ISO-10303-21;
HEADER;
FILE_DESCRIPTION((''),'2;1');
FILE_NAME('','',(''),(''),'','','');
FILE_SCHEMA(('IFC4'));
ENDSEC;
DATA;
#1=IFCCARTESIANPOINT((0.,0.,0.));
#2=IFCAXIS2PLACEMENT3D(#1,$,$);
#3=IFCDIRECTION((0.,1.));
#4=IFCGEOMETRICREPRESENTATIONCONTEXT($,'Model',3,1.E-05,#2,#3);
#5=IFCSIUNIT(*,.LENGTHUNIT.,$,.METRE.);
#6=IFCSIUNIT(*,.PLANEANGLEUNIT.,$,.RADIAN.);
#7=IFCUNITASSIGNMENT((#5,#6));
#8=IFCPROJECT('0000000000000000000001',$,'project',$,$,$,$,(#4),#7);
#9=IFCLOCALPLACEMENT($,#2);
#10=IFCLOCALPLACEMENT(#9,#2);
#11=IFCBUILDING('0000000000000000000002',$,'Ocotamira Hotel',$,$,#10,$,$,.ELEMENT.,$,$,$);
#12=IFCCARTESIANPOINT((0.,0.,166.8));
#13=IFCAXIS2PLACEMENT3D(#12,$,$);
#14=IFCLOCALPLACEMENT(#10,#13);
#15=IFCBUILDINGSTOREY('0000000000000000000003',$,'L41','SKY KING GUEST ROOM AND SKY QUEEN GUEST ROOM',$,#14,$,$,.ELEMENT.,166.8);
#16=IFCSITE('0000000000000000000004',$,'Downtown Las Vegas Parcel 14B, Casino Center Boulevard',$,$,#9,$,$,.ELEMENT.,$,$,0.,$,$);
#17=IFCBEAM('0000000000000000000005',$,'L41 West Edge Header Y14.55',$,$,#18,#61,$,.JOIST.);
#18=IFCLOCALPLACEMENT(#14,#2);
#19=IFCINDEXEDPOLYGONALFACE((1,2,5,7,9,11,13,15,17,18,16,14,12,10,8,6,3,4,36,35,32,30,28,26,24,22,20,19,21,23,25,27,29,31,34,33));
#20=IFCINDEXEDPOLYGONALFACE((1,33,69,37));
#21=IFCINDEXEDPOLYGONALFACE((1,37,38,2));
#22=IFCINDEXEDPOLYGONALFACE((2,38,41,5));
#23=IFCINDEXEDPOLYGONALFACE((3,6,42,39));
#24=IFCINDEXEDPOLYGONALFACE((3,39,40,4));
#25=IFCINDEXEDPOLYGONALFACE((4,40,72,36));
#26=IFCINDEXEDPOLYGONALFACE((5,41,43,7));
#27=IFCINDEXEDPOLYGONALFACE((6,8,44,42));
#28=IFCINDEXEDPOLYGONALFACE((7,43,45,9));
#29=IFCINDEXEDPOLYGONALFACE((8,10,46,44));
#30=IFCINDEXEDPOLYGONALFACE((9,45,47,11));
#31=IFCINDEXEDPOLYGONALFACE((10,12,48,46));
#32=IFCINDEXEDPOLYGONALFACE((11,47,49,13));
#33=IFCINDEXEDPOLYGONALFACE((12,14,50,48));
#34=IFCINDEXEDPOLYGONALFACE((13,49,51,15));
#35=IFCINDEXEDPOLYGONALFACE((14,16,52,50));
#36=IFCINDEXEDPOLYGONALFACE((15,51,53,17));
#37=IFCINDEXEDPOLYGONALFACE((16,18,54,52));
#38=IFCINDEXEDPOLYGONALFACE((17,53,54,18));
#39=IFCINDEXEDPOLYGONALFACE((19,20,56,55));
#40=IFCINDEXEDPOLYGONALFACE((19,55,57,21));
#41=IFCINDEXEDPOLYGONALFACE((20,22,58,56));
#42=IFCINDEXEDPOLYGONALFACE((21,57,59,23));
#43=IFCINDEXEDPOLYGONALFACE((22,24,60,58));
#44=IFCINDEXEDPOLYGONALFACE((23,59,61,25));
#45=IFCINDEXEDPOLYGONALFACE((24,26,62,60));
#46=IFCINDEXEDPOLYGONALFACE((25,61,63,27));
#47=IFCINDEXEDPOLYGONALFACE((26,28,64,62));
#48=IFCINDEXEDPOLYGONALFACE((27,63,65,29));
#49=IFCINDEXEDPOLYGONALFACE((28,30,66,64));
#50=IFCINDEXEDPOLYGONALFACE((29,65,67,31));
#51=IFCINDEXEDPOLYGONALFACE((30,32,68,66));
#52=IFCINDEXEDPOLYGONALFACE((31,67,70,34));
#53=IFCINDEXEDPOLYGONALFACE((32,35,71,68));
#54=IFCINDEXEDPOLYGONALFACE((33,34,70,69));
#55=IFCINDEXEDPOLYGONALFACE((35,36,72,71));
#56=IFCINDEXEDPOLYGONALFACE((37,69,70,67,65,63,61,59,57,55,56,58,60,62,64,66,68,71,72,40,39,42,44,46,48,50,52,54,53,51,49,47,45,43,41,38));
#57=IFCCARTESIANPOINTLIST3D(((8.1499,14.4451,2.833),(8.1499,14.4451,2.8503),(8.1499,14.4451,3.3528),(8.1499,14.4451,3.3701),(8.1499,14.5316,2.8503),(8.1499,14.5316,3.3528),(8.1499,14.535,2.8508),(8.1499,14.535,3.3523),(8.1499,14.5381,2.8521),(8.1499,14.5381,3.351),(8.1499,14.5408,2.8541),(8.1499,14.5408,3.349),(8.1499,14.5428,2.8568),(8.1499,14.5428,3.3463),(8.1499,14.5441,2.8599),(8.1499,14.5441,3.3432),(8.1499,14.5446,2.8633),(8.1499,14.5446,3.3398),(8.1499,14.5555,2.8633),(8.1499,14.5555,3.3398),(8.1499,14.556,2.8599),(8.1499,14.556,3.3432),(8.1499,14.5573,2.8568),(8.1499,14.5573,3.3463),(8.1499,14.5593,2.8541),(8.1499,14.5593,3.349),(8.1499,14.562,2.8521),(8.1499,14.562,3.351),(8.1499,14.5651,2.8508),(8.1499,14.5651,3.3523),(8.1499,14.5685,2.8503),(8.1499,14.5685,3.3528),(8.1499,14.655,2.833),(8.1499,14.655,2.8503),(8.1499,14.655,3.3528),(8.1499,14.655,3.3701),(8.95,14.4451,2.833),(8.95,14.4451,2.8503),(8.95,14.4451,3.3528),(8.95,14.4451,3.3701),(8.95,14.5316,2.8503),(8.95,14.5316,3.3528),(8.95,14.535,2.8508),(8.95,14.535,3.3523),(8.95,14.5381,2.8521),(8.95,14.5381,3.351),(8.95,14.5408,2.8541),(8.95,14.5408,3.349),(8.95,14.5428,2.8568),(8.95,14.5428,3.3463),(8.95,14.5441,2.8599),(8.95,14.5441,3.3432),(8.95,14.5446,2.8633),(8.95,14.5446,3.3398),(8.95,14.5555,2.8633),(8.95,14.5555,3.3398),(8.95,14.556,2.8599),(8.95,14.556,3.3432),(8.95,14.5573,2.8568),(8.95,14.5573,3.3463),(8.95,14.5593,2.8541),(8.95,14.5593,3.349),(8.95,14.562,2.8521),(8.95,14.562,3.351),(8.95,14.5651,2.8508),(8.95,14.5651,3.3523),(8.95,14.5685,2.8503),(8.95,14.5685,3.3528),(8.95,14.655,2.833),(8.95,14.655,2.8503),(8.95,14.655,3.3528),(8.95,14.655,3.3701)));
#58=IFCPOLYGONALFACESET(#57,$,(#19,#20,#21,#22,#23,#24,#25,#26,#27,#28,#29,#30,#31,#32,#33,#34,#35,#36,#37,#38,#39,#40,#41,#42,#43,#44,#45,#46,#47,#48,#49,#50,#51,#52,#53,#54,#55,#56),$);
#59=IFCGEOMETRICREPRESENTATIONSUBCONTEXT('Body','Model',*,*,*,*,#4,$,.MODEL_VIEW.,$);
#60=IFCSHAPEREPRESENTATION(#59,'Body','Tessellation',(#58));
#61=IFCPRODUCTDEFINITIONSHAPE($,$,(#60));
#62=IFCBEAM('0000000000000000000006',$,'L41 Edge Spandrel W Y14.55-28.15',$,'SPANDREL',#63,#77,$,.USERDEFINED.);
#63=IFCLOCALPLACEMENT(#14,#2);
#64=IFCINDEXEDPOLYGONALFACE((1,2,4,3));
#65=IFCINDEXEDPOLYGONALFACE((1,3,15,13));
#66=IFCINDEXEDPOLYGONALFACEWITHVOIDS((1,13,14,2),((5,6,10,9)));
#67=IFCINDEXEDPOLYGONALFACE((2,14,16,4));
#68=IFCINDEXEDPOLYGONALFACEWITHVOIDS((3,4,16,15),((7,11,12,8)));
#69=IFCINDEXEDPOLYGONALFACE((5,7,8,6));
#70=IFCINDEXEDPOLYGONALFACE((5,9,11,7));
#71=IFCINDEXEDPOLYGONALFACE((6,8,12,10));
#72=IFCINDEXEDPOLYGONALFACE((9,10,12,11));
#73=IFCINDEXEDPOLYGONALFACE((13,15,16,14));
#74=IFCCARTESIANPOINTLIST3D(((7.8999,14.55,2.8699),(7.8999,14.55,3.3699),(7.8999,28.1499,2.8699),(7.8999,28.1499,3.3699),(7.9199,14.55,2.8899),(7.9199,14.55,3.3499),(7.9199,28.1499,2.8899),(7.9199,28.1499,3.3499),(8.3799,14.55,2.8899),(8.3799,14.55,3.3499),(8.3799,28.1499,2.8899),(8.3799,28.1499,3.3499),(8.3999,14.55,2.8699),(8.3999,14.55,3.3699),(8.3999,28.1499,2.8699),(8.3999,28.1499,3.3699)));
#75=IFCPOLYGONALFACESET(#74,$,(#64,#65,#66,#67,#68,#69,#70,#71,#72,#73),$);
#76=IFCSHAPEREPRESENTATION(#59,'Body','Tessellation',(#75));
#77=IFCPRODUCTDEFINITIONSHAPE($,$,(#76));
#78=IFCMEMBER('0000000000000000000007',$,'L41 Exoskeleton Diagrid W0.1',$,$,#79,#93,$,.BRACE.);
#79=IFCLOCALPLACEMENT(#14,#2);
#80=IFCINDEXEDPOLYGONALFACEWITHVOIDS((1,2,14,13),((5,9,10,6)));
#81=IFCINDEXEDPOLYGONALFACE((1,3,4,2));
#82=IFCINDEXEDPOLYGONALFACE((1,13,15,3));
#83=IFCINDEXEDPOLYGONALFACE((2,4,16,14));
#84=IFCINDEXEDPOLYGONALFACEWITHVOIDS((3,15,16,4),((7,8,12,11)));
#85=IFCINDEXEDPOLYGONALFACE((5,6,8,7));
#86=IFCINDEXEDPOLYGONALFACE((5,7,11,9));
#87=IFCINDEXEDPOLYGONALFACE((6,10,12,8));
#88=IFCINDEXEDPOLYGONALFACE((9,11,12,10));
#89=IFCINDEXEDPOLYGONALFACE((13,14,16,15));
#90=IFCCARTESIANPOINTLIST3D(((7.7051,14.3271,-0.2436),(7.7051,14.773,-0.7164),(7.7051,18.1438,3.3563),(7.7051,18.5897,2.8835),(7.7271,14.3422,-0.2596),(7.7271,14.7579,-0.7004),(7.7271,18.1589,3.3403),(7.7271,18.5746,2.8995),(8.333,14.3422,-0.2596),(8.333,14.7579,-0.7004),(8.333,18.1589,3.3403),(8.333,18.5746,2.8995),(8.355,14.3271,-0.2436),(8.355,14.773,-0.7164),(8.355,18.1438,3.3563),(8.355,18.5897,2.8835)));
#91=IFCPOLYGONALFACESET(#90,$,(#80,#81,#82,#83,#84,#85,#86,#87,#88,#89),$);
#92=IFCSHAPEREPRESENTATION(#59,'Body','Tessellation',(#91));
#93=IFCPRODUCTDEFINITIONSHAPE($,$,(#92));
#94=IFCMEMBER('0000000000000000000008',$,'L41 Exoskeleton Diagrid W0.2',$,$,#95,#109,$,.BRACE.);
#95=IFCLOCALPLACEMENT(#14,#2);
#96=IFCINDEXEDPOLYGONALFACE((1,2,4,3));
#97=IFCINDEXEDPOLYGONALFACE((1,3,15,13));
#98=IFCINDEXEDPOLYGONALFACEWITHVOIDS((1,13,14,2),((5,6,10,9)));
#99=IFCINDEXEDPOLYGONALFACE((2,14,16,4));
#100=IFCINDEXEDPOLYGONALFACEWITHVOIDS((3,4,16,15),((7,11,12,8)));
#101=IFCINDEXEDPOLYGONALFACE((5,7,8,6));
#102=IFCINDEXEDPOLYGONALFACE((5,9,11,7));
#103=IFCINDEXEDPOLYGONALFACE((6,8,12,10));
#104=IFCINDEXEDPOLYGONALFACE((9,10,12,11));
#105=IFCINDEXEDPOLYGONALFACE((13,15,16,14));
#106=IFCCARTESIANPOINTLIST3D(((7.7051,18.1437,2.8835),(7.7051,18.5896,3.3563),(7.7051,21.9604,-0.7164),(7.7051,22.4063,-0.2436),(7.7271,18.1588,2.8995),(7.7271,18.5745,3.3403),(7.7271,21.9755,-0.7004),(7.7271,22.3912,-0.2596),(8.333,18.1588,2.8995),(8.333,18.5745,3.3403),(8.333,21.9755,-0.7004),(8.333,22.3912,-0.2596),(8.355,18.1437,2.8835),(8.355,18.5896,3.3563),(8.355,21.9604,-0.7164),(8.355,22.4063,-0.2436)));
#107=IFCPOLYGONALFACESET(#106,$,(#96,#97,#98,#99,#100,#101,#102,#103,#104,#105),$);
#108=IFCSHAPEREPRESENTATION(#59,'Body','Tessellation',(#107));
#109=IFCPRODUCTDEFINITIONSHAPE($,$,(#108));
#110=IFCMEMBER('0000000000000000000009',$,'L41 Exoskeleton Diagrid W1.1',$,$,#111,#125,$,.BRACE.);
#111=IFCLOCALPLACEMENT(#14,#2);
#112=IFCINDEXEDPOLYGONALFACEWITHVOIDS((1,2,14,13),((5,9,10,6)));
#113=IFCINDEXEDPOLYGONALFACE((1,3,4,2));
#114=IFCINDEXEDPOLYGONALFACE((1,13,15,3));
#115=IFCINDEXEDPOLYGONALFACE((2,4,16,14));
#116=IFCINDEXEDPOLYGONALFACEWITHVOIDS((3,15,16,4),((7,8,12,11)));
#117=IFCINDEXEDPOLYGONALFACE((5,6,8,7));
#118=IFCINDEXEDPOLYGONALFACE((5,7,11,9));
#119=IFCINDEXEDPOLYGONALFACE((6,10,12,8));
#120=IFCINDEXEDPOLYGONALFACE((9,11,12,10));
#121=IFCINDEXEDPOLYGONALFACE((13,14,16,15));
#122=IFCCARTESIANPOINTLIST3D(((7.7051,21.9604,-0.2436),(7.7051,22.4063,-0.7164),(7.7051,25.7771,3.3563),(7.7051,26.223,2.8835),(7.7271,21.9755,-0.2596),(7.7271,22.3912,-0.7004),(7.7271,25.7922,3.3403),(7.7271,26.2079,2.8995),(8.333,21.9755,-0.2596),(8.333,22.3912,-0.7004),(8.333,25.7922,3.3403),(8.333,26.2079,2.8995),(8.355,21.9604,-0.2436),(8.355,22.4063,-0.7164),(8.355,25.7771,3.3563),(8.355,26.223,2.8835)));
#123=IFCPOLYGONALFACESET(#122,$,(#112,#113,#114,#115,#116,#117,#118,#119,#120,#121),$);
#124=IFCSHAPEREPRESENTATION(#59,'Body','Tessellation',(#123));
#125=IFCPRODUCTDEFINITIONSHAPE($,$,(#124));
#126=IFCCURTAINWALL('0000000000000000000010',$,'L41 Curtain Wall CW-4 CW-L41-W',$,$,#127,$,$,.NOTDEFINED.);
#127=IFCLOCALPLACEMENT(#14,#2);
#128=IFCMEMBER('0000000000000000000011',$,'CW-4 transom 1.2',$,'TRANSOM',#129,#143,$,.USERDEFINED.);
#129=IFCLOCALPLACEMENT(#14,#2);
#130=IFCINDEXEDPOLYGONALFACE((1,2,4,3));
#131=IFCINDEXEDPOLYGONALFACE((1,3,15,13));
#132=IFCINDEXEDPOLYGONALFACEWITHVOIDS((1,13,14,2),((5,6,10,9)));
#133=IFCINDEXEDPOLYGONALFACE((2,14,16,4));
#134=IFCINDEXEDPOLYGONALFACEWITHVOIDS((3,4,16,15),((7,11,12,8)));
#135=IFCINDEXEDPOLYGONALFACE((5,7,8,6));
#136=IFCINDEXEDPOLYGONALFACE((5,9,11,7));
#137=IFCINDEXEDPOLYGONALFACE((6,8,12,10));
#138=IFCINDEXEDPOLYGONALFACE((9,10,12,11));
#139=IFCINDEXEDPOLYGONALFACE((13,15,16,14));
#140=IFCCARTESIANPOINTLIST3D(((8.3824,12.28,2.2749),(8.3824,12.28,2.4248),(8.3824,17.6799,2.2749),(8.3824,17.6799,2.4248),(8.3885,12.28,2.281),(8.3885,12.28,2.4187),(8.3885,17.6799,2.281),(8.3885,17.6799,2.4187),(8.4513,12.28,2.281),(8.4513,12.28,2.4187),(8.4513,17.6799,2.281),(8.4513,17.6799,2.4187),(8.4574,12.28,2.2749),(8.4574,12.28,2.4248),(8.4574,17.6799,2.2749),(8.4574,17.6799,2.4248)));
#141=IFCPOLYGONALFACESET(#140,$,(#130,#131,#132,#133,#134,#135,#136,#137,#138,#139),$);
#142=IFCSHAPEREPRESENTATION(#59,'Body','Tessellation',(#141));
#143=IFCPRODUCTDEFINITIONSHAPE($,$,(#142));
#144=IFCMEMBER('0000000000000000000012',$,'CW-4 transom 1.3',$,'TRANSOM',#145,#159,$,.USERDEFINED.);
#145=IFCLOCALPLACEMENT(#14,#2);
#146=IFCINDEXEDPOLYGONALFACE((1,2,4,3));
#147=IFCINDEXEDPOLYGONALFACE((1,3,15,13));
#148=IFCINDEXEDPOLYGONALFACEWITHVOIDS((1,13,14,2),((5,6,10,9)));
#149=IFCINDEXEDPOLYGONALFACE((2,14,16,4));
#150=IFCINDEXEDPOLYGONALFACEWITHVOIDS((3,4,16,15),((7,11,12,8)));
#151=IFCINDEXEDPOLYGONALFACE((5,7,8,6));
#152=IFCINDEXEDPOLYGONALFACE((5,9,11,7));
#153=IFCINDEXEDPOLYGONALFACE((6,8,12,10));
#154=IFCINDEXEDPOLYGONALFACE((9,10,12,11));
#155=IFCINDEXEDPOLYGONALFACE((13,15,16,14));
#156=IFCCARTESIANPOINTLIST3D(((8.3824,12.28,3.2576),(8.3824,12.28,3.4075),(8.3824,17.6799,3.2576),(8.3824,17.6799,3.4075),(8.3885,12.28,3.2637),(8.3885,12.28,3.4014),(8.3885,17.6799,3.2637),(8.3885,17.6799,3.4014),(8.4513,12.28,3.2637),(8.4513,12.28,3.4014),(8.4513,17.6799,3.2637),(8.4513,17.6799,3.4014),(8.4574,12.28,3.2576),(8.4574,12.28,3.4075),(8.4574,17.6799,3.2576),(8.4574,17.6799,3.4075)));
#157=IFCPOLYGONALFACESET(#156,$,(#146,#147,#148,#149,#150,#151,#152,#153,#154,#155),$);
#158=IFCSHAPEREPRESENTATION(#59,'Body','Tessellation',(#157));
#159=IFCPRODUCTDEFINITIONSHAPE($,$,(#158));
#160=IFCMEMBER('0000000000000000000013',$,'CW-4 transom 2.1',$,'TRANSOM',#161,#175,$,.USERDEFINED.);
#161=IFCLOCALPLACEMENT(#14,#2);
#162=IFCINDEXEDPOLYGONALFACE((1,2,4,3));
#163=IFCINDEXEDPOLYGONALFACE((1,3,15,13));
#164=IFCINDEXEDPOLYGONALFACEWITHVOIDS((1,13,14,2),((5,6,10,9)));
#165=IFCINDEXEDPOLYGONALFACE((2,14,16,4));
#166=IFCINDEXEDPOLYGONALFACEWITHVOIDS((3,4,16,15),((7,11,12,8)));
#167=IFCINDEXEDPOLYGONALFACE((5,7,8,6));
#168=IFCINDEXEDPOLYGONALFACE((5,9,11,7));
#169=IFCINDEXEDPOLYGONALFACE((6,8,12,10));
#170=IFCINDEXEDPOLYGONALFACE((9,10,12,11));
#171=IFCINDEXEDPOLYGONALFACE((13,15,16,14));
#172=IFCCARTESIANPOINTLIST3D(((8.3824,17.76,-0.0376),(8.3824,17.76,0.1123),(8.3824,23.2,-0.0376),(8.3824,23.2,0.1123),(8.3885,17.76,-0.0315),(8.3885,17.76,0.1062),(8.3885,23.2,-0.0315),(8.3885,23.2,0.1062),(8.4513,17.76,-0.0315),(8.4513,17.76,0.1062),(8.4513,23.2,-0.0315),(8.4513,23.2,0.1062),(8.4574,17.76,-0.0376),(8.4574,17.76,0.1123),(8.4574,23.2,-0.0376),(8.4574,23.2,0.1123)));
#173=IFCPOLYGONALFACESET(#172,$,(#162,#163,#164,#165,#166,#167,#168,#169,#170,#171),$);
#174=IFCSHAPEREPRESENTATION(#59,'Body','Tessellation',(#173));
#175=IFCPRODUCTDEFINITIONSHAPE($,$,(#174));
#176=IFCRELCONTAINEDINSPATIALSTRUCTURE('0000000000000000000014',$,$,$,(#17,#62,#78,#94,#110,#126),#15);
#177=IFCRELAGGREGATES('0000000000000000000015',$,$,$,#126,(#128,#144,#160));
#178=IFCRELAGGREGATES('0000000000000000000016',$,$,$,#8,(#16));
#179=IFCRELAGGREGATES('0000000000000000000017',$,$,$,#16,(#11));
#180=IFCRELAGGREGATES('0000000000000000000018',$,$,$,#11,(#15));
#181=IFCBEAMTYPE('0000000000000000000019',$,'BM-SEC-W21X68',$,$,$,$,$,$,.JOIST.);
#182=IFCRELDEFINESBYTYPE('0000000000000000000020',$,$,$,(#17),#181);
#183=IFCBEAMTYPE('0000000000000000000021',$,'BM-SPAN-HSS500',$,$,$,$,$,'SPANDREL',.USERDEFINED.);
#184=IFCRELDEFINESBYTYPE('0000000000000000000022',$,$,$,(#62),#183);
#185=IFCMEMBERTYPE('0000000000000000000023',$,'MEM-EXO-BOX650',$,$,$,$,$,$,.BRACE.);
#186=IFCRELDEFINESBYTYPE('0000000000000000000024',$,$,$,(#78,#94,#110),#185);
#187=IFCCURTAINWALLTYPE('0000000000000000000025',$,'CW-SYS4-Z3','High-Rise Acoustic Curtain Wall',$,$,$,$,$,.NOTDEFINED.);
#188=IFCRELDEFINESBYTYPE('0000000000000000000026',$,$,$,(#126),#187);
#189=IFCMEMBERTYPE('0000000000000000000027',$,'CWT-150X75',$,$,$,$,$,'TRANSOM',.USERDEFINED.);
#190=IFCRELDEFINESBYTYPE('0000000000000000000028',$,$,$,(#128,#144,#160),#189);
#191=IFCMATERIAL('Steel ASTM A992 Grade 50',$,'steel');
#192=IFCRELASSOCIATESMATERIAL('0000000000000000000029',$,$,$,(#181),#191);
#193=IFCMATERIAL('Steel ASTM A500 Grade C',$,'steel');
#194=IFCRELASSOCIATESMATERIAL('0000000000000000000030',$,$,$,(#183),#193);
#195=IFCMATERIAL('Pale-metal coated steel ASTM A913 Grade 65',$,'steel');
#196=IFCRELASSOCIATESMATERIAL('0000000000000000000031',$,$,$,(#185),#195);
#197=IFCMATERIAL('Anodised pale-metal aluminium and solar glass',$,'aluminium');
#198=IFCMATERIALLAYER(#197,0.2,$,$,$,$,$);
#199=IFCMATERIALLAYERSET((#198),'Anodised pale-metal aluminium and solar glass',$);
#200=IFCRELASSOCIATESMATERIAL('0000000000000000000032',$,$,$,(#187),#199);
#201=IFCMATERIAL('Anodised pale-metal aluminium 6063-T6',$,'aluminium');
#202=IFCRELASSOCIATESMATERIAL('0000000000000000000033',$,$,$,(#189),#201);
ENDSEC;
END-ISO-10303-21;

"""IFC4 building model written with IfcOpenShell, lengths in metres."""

from ifc_helpers import new_model, si_unit, direction, frame, origin, origin_2d, place, context, subcontext, project, spatial, hollow_rectangle, i_section, extrude, source, transform, mapped, material, layer, layer_set, material_profile, profile_set, type_object, element, aggregate, save


model = new_model("IFC4")

# Units and contexts
model_context = context("Model", 3, precision=1e-05, world=origin(), true_north=direction((0.0, 1.0)))
body_context = subcontext(model_context, "Body", "Model", "MODEL_VIEW")
ifc_project = project(units=[si_unit("LENGTHUNIT", "METRE"), si_unit("PLANEANGLEUNIT", "RADIAN")], contexts=[model_context])

# Site, building, storey
site_placement = place(None, origin())
site = spatial("IfcSite", under=ifc_project, at=site_placement, Name="Downtown Las Vegas Parcel 14B, Casino Center Boulevard", CompositionType="ELEMENT", RefElevation=0.0)
building_placement = place(site_placement, origin())
building = spatial("IfcBuilding", under=site, at=building_placement, Name="Ocotamira Hotel", CompositionType="ELEMENT")
storey_placement = place(building_placement, frame((0.0, 0.0, 166.8)))
storey = spatial("IfcBuildingStorey", under=building, at=storey_placement, Name="L41", Description="SKY KING GUEST ROOM AND SKY QUEEN GUEST ROOM", CompositionType="ELEMENT", Elevation=166.8)

# Beams
ifc_material_1 = material(Name="Steel ASTM A992 Grade 50", Category="steel")
ifc_material_profile_1 = material_profile(ifc_material_1, i_section(OverallWidth=0.21, OverallDepth=0.5371, WebThickness=0.011, FlangeThickness=0.0173, FilletRadius=0.0129, at=origin_2d()), Name="W21X68")
ifc_profile_set_1 = profile_set([ifc_material_profile_1], Name="Steel ASTM A992 Grade 50")
beam_type_1 = type_object("IfcBeamType", Name="BM-SEC-W21X68", PredefinedType="JOIST", material=ifc_profile_set_1)
shared_shape_1 = source(origin(), body_context, "Body", "SweptSolid", [
    extrude(i_section(OverallWidth=0.21, OverallDepth=0.5371, WebThickness=0.011, FlangeThickness=0.0173, FilletRadius=0.0129, at=origin_2d()), origin(), (0.0, 0.0, 1.0), 0.8),
])
beam_1_placement = place(storey_placement, frame((8.95, 14.55, 3.1016), z_axis=(-1.0, 0.0, 0.0), x_axis=(0.0, -1.0, 0.0)))
element("IfcBeam", 1, at=beam_1_placement, inside=storey, type_object=beam_type_1, Name="L41 West Edge Header Y14.55", PredefinedType="JOIST", context=body_context, shape_type="MappedRepresentation", body=[
    mapped(shared_shape_1, transform((0.0, 0.0, 0.0), scale=1.0)),
])
ifc_material_2 = material(Name="Steel ASTM A500 Grade C", Category="steel")
ifc_material_profile_2 = material_profile(ifc_material_2, hollow_rectangle(XDim=0.5, YDim=0.5, WallThickness=0.02, at=origin_2d()), Name="HSS500X500X20")
ifc_profile_set_2 = profile_set([ifc_material_profile_2], Name="Steel ASTM A500 Grade C")
beam_type_2 = type_object("IfcBeamType", Name="BM-SPAN-HSS500", ElementType="SPANDREL", PredefinedType="USERDEFINED", material=ifc_profile_set_2)
shared_shape_2 = source(origin(), body_context, "Body", "SweptSolid", [
    extrude(hollow_rectangle(XDim=0.5, YDim=0.5, WallThickness=0.02, at=origin_2d()), origin(), (0.0, 0.0, 1.0), 13.5999),
])
beam_2_placement = place(storey_placement, frame((8.1499, 14.55, 3.1199), z_axis=(0.0, 1.0, 0.0), x_axis=(-1.0, 0.0, 0.0)))
element("IfcBeam", 2, at=beam_2_placement, inside=storey, type_object=beam_type_2, Name="L41 Edge Spandrel W Y14.55-28.15", ObjectType="SPANDREL", PredefinedType="USERDEFINED", context=body_context, shape_type="MappedRepresentation", body=[
    mapped(shared_shape_2, transform((0.0, 0.0, 0.0), scale=1.0)),
])

# Members
ifc_material_3 = material(Name="Pale-metal coated steel ASTM A913 Grade 65", Category="steel")
ifc_material_profile_3 = material_profile(ifc_material_3, hollow_rectangle(XDim=0.6499, YDim=0.6499, WallThickness=0.022, at=origin_2d()), Name="BOX650X650X22")
ifc_profile_set_3 = profile_set([ifc_material_profile_3], Name="Pale-metal coated steel ASTM A913 Grade 65")
member_type_1 = type_object("IfcMemberType", Name="MEM-EXO-BOX650", PredefinedType="BRACE", material=ifc_profile_set_3)
shared_shape_3 = source(origin(), body_context, "Body", "SweptSolid", [
    extrude(hollow_rectangle(XDim=0.6499, YDim=0.6499, WallThickness=0.022, at=origin_2d()), origin(), (0.0, 0.0, 1.0), 5.2466),
])
for number, where, z_axis, x_axis, name in (
    (3, (8.03, 14.55, -0.48), (0.0, 0.727466, 0.686144), (-1.0, 0.0, 0.0), "L41 Exoskeleton Diagrid W0.1"),
    (4, (8.03, 22.1833, -0.48), (0.0, -0.727466, 0.686144), (1.0, 0.0, 0.0), "L41 Exoskeleton Diagrid W0.2"),
    (5, (8.03, 22.1833, -0.48), (0.0, 0.727466, 0.686144), (-1.0, 0.0, 0.0), "L41 Exoskeleton Diagrid W1.1"),
):
    element("IfcMember", number, at=place(storey_placement, frame(where, z_axis=z_axis, x_axis=x_axis)), inside=storey, type_object=member_type_1, Name=name, PredefinedType="BRACE", context=body_context, shape_type="MappedRepresentation", body=[
        mapped(shared_shape_3, transform((0.0, 0.0, 0.0), scale=1.0)),
    ])

# Curtain wall, members
ifc_material_4 = material(Name="Anodised pale-metal aluminium and solar glass", Category="aluminium")
ifc_layer_1 = layer(ifc_material_4, 0.2)
ifc_layer_set_1 = layer_set([ifc_layer_1], Name="Anodised pale-metal aluminium and solar glass")
curtain_wall_type = type_object("IfcCurtainWallType", Name="CW-SYS4-Z3", Description="High-Rise Acoustic Curtain Wall", PredefinedType="NOTDEFINED", material=ifc_layer_set_1)
curtain_wall_placement = place(storey_placement, origin())
curtain_wall = element("IfcCurtainWall", 6, at=curtain_wall_placement, inside=storey, type_object=curtain_wall_type, Name="L41 Curtain Wall CW-4 CW-L41-W", PredefinedType="NOTDEFINED")
ifc_material_5 = material(Name="Anodised pale-metal aluminium 6063-T6", Category="aluminium")
ifc_material_profile_4 = material_profile(ifc_material_5, hollow_rectangle(XDim=0.075, YDim=0.1499, WallThickness=0.0061, at=origin_2d()), Name="HSS150X75X6")
ifc_profile_set_4 = profile_set([ifc_material_profile_4], Name="Anodised pale-metal aluminium 6063-T6")
member_type_2 = type_object("IfcMemberType", Name="CWT-150X75", ElementType="TRANSOM", PredefinedType="USERDEFINED", material=ifc_profile_set_4)
shared_shape_4 = source(origin(), body_context, "Body", "SweptSolid", [
    extrude(hollow_rectangle(XDim=0.075, YDim=0.1499, WallThickness=0.0061, at=origin_2d()), origin(), (0.0, 0.0, 1.0), 5.3999),
])
member_1_placement = place(storey_placement, frame((8.4199, 12.28, 2.3499), z_axis=(0.0, 1.0, 0.0), x_axis=(-1.0, 0.0, 0.0)))
member_1 = element("IfcMember", 7, at=member_1_placement, type_object=member_type_2, Name="CW-4 transom 1.2", ObjectType="TRANSOM", PredefinedType="USERDEFINED", context=body_context, shape_type="MappedRepresentation", body=[
    mapped(shared_shape_4, transform((0.0, 0.0, 0.0), scale=1.0)),
])
member_2_placement = place(storey_placement, frame((8.4199, 12.28, 3.3325), z_axis=(0.0, 1.0, 0.0), x_axis=(-1.0, 0.0, 0.0)))
member_2 = element("IfcMember", 8, at=member_2_placement, type_object=member_type_2, Name="CW-4 transom 1.3", ObjectType="TRANSOM", PredefinedType="USERDEFINED", context=body_context, shape_type="MappedRepresentation", body=[
    mapped(shared_shape_4, transform((0.0, 0.0, 0.0), scale=1.0)),
])
shared_shape_5 = source(origin(), body_context, "Body", "SweptSolid", [
    extrude(hollow_rectangle(XDim=0.075, YDim=0.1499, WallThickness=0.0061, at=origin_2d()), origin(), (0.0, 0.0, 1.0), 5.4399),
])
member_3_placement = place(storey_placement, frame((8.4199, 17.76, 0.0374), z_axis=(0.0, 1.0, 0.0), x_axis=(-1.0, 0.0, 0.0)))
member_3 = element("IfcMember", 9, at=member_3_placement, type_object=member_type_2, Name="CW-4 transom 2.1", ObjectType="TRANSOM", PredefinedType="USERDEFINED", context=body_context, shape_type="MappedRepresentation", body=[
    mapped(shared_shape_5, transform((0.0, 0.0, 0.0), scale=1.0)),
])

aggregate(curtain_wall, [member_1, member_2, member_3])

save(model, "model.ifc")
